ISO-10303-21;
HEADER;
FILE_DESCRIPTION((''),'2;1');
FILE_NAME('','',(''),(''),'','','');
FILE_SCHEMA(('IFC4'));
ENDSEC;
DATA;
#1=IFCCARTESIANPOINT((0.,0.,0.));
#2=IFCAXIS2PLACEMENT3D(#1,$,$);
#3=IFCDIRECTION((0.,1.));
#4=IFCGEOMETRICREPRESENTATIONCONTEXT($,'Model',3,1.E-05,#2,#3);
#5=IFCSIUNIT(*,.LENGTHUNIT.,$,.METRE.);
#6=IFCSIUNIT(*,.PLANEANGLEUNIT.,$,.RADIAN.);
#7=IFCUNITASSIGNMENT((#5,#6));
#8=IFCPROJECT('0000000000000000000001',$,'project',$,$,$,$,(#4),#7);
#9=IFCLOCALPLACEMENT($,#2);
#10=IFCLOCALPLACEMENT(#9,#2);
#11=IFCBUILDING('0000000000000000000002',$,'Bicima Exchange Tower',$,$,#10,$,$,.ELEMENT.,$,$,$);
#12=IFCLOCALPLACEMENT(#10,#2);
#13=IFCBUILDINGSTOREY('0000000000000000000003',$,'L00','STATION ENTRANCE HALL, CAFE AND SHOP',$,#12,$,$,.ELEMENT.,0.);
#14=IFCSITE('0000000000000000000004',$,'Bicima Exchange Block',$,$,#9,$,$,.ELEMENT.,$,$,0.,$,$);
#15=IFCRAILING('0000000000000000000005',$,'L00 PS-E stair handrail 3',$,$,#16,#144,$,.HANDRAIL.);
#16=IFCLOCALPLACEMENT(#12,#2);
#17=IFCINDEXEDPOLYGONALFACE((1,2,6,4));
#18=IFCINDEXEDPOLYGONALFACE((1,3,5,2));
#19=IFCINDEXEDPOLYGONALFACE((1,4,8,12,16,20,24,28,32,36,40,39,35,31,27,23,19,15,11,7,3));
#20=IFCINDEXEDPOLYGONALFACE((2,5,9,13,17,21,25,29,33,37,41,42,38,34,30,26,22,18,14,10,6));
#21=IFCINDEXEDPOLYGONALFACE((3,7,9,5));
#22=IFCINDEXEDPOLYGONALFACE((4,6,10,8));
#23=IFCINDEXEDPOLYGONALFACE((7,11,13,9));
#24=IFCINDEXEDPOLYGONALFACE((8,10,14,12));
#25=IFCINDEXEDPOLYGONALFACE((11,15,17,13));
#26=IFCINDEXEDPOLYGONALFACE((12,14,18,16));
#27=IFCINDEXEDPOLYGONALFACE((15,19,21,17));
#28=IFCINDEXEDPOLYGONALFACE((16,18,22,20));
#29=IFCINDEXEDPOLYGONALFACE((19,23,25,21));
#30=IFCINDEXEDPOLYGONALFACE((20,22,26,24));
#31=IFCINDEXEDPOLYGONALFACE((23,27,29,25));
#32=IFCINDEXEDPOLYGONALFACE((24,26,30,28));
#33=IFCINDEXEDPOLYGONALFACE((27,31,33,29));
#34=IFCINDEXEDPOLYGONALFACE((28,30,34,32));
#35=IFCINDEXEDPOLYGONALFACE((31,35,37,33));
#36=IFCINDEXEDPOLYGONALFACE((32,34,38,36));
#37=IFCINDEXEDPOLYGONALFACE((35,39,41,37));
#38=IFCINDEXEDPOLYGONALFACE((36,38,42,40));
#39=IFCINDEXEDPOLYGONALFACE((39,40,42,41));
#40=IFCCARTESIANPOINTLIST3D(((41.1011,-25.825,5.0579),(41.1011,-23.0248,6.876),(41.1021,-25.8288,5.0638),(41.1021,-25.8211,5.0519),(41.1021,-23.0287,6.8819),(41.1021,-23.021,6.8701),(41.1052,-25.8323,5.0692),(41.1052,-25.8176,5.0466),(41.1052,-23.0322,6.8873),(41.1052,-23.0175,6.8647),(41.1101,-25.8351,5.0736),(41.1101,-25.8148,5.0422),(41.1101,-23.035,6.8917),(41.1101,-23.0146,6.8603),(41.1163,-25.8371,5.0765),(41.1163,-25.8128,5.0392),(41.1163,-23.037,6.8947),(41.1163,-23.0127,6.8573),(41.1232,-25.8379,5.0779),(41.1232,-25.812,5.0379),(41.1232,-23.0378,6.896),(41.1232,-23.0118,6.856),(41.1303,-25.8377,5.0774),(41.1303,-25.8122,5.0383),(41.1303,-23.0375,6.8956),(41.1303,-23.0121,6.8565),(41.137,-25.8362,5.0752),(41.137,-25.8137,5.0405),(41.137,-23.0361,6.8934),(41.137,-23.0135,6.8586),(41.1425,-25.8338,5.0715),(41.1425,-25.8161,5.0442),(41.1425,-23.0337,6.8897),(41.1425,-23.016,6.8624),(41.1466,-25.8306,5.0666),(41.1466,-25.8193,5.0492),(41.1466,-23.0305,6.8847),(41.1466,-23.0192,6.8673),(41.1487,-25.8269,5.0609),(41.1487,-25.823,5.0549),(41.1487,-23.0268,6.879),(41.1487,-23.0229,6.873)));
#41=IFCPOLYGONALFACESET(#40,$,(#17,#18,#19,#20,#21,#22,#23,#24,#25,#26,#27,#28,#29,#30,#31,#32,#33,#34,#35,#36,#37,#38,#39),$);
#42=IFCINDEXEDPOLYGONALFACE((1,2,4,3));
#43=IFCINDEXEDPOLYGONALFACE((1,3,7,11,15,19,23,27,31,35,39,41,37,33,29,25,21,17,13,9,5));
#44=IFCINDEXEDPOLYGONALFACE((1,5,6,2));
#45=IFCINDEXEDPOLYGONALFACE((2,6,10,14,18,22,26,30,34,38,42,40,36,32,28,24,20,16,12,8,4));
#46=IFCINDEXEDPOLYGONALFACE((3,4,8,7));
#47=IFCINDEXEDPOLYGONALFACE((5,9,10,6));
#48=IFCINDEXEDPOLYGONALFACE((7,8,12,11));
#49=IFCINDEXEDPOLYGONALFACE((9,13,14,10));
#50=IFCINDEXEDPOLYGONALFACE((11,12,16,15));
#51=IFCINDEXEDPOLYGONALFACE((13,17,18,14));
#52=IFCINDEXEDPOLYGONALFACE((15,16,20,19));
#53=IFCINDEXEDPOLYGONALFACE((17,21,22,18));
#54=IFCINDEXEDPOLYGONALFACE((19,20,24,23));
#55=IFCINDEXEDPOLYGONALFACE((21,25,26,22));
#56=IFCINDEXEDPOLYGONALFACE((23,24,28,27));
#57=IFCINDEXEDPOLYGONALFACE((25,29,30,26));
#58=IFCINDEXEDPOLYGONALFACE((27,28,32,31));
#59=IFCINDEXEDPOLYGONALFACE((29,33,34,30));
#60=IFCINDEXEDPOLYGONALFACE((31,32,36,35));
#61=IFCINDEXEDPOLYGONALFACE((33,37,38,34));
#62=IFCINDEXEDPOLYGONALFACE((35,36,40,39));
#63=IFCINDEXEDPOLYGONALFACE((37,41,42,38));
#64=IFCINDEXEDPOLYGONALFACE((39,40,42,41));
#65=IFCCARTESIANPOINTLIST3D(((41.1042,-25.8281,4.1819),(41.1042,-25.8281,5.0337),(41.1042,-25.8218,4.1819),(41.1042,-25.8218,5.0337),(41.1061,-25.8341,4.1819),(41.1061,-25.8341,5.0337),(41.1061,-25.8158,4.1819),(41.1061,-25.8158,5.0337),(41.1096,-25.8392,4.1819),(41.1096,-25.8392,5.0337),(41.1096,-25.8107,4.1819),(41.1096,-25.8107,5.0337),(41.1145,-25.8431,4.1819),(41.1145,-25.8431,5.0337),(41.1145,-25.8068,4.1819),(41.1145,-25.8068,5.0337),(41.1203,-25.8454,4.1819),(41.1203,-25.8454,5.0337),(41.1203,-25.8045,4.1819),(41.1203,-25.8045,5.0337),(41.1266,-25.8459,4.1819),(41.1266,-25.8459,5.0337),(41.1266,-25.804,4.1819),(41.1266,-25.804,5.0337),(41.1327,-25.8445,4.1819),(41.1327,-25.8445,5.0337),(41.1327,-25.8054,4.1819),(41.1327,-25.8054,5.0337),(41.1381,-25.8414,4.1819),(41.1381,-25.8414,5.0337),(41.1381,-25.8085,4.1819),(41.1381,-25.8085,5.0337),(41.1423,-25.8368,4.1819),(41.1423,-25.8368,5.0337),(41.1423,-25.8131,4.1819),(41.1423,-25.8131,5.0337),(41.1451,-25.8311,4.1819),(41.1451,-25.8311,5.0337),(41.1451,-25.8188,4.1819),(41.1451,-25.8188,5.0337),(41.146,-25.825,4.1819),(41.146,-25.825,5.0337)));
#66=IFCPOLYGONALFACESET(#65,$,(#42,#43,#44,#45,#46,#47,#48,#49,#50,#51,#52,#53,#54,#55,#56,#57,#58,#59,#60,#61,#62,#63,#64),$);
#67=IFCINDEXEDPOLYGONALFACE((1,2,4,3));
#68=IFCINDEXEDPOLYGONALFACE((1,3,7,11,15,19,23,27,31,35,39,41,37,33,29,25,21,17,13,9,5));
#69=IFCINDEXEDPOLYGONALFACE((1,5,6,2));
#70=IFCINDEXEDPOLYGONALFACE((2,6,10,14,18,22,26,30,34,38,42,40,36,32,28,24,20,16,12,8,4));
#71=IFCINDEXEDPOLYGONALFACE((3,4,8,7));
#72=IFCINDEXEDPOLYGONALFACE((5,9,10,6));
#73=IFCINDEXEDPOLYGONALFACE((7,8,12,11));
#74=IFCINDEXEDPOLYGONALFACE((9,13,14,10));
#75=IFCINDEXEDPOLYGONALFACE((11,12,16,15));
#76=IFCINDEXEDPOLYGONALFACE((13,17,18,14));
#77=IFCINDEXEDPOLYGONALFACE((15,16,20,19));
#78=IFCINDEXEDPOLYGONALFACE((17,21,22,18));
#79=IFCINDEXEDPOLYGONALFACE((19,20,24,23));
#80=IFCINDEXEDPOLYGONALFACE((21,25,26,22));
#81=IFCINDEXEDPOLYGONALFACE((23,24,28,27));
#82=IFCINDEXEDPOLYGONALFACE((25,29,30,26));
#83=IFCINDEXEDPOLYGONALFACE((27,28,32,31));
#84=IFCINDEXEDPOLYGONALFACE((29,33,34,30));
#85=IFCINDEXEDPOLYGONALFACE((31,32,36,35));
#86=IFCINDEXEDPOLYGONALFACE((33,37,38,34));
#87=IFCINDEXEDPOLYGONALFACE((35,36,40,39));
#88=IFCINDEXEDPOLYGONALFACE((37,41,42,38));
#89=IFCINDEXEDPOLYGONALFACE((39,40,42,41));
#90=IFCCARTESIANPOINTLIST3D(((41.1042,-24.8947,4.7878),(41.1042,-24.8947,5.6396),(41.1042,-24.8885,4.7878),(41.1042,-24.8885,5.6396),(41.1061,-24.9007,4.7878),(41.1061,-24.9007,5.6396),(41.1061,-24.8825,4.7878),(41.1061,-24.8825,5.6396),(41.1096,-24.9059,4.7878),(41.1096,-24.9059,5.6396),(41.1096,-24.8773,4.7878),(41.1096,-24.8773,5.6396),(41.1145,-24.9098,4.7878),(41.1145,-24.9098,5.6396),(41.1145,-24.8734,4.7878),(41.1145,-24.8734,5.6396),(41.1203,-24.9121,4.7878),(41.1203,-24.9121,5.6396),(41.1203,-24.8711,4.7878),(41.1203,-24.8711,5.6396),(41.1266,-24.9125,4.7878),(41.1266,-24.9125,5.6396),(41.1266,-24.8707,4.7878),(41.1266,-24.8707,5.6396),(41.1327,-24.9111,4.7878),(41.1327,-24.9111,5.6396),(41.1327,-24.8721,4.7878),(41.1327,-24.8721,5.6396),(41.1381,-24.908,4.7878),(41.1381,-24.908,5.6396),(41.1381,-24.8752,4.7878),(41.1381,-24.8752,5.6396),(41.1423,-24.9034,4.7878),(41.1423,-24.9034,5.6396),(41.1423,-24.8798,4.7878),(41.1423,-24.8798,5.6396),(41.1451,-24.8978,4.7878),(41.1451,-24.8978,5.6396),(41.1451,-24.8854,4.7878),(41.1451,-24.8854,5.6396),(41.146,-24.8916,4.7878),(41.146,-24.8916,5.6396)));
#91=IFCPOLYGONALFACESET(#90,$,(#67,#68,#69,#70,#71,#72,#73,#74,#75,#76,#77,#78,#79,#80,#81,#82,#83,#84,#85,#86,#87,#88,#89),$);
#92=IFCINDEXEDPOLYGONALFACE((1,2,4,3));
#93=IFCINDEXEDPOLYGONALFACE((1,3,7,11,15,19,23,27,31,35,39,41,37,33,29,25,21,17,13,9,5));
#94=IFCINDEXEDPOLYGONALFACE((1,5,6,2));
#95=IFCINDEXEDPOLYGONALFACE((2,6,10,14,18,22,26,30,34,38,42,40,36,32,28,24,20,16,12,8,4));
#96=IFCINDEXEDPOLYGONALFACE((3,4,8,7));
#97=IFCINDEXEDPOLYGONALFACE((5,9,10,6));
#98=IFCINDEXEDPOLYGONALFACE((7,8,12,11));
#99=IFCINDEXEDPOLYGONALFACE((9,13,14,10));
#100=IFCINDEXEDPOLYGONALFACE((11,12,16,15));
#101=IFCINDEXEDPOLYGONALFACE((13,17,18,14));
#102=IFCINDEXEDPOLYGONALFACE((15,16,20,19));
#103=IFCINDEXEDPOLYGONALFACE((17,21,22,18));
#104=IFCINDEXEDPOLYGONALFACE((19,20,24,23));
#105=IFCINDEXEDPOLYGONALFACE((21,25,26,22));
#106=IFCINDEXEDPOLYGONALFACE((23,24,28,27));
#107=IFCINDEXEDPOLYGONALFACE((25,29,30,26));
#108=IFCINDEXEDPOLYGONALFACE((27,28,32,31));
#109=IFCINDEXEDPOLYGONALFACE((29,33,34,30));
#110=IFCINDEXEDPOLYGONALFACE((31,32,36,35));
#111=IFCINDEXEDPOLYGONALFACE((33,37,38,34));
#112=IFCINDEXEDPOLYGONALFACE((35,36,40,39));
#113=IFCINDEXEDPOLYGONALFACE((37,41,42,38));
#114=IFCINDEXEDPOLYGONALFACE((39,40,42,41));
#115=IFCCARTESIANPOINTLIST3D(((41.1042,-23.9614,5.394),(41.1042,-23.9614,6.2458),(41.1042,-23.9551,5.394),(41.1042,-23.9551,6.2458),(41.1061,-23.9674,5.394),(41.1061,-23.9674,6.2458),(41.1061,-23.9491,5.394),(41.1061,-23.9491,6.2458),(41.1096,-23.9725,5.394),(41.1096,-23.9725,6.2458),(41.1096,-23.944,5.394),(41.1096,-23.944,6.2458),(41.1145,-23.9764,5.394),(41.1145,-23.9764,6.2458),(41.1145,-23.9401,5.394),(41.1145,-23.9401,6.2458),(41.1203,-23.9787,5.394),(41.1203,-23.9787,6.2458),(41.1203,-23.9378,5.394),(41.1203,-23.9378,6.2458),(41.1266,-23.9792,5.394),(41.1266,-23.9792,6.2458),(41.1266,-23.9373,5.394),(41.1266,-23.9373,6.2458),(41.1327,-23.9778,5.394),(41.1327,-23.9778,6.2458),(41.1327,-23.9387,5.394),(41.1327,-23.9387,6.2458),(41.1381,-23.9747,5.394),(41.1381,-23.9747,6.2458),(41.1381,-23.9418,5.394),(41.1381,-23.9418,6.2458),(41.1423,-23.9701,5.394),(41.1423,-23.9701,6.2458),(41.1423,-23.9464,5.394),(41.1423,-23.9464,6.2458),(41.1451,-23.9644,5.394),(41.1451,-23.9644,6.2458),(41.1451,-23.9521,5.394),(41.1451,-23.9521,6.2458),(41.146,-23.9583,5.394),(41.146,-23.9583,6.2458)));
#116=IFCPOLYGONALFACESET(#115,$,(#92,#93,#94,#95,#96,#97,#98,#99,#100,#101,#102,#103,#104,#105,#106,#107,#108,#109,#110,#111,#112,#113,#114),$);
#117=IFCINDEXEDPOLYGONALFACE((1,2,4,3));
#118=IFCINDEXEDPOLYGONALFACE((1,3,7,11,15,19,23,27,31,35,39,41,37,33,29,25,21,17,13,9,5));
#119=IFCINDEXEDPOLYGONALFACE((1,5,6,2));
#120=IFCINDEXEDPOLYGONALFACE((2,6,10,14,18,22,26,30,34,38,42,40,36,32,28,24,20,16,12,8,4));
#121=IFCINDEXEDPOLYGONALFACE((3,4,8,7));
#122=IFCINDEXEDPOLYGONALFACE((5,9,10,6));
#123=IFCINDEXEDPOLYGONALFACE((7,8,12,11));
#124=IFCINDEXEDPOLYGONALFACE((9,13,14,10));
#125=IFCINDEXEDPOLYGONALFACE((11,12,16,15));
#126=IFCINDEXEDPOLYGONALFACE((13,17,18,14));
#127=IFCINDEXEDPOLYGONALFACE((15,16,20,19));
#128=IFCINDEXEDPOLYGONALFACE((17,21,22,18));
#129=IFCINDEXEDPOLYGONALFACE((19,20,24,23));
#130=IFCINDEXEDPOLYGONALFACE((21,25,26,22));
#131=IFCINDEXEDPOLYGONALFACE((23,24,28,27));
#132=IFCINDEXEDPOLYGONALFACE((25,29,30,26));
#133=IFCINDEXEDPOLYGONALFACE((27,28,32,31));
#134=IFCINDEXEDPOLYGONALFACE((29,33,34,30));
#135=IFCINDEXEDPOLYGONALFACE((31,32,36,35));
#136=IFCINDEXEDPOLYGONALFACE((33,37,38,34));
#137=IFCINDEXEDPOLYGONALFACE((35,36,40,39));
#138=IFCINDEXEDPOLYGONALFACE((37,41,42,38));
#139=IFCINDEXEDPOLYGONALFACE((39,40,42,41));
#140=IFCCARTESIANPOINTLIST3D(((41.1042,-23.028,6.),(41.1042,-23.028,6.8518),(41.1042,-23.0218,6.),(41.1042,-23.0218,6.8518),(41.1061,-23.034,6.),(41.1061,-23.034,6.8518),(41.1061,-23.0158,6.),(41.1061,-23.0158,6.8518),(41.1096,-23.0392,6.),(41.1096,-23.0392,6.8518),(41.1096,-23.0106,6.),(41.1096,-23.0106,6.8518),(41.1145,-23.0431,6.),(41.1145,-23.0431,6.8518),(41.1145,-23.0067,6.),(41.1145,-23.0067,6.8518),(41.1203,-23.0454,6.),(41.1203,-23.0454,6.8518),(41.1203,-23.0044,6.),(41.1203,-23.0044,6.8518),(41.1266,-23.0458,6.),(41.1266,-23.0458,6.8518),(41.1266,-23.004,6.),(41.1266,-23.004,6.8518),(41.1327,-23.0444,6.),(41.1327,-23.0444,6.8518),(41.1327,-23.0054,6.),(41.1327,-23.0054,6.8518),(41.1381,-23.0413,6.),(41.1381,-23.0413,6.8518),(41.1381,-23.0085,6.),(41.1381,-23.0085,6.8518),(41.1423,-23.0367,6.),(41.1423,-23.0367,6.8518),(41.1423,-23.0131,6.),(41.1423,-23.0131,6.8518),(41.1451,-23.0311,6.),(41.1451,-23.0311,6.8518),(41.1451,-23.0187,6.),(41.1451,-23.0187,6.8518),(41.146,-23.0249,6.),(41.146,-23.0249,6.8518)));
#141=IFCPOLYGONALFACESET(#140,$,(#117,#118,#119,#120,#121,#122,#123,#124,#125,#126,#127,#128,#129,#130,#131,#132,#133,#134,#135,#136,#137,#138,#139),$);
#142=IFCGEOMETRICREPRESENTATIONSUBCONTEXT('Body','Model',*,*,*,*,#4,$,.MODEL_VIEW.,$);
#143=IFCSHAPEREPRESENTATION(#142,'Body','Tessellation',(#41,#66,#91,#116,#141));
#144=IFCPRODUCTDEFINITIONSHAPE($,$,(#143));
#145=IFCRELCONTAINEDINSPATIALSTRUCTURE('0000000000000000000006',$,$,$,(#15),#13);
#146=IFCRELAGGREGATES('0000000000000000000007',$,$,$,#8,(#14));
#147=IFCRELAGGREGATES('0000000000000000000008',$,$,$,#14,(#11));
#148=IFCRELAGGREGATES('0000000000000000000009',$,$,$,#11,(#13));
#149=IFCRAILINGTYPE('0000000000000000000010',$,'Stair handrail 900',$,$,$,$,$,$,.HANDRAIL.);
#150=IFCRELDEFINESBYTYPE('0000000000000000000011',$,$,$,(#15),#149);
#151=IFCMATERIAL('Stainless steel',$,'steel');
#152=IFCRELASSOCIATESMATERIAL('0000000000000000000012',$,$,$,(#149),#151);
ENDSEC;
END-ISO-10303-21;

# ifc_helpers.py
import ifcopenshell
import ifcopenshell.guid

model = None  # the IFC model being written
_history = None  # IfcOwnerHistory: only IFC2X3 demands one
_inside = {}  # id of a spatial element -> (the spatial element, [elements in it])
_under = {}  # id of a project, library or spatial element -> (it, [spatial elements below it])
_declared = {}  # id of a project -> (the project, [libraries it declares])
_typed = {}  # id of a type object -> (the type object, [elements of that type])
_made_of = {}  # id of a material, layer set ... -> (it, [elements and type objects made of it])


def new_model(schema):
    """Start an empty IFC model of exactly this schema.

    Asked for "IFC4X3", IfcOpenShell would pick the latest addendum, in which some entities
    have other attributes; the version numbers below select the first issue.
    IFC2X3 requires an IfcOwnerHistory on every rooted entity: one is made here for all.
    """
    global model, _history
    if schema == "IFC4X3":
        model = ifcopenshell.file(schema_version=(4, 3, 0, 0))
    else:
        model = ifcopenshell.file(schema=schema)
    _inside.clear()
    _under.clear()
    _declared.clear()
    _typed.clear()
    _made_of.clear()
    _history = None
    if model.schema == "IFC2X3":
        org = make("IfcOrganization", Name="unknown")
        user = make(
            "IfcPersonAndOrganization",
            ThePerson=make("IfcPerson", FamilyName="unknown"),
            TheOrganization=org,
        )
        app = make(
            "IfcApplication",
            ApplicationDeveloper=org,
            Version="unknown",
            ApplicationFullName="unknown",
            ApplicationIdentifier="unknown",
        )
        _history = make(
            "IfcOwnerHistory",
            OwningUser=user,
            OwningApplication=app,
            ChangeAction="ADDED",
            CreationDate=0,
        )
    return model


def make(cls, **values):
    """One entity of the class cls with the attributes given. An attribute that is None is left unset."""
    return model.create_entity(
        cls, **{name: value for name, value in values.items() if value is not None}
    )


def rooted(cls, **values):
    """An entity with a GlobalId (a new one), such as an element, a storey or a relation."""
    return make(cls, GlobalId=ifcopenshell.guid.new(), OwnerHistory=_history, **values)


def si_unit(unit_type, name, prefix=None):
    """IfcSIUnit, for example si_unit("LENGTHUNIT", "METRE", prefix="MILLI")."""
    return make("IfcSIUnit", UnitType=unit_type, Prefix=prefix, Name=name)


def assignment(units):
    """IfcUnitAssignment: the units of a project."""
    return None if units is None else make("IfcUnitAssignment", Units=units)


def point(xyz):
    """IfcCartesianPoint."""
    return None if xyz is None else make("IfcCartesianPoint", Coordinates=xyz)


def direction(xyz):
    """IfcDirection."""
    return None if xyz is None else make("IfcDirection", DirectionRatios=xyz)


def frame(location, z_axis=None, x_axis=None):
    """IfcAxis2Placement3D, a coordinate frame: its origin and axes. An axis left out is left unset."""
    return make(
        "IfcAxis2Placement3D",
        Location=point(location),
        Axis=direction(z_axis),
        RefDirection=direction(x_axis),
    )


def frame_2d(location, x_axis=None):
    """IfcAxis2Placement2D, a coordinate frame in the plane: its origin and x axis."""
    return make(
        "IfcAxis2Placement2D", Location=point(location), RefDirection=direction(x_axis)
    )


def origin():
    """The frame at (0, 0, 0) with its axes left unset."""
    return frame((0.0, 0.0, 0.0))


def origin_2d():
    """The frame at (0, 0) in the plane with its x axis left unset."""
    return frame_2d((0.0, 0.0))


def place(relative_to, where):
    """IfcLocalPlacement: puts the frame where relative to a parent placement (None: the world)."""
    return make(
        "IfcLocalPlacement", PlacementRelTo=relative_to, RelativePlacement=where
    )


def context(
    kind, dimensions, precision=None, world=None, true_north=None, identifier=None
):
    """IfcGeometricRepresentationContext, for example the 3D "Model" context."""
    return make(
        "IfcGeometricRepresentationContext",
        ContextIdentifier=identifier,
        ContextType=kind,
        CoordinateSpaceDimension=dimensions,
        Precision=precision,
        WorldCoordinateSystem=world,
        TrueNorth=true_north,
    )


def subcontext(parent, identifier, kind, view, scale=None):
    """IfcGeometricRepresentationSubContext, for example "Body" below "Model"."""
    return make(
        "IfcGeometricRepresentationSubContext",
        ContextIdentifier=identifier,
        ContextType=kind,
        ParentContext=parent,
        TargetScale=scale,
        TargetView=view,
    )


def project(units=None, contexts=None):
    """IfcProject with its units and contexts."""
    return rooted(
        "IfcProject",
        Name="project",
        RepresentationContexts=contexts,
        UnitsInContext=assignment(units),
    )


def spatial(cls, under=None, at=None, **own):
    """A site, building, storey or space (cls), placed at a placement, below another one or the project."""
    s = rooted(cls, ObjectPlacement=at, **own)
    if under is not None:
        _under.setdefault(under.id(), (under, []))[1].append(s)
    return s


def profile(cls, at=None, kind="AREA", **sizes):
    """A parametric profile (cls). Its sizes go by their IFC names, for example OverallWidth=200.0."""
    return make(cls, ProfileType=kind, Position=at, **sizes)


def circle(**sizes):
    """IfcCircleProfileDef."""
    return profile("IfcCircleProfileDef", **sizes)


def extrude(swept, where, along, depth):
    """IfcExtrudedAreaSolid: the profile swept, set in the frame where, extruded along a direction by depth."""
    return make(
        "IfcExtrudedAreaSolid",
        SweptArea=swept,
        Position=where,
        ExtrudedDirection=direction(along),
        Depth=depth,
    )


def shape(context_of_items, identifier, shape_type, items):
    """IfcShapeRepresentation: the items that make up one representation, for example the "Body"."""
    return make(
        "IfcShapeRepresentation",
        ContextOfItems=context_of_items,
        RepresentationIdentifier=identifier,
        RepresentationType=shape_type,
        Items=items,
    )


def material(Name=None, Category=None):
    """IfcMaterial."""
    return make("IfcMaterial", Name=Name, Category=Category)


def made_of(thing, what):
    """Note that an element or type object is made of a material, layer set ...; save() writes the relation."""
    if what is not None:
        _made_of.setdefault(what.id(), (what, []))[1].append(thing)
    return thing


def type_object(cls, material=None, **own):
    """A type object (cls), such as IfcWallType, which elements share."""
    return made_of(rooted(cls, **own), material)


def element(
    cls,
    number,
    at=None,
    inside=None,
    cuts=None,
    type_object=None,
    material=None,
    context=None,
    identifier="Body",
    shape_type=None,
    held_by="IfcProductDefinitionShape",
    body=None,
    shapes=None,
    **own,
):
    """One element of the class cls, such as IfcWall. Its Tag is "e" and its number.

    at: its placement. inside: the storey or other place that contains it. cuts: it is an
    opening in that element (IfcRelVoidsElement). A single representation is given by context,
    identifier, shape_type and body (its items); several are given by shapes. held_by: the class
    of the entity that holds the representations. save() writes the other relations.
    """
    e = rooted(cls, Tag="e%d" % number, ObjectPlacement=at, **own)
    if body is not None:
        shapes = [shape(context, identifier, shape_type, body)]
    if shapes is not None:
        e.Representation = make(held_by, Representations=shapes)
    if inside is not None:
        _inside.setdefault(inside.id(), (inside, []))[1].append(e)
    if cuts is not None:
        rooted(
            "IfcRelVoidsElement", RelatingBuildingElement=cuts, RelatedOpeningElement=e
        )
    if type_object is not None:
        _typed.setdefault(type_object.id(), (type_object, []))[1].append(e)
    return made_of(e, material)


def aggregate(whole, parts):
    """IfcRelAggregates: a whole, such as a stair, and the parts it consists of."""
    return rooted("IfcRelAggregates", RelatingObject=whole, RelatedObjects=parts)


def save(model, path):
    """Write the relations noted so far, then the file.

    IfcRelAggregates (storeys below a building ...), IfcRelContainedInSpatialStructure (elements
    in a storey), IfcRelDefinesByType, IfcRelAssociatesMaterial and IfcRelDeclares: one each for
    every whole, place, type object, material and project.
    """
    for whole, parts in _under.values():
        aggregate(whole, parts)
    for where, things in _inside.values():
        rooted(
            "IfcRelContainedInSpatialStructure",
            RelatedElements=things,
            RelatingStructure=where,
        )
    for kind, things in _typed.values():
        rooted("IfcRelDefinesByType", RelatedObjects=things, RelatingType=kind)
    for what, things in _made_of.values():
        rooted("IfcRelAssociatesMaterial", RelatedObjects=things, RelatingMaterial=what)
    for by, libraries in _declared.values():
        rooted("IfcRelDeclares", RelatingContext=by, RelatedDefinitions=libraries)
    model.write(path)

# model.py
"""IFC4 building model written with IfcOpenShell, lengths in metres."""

from ifc_helpers import new_model, si_unit, direction, frame, origin, origin_2d, place, context, subcontext, project, spatial, circle, extrude, material, type_object, element, save


model = new_model("IFC4")

# Units and contexts
model_context = context("Model", 3, precision=1e-05, world=origin(), true_north=direction((0.0, 1.0)))
body_context = subcontext(model_context, "Body", "Model", "MODEL_VIEW")
ifc_project = project(units=[si_unit("LENGTHUNIT", "METRE"), si_unit("PLANEANGLEUNIT", "RADIAN")], contexts=[model_context])

# Site, building, storey
site_placement = place(None, origin())
site = spatial("IfcSite", under=ifc_project, at=site_placement, Name="Bicima Exchange Block", CompositionType="ELEMENT", RefElevation=0.0)
building_placement = place(site_placement, origin())
building = spatial("IfcBuilding", under=site, at=building_placement, Name="Bicima Exchange Tower", CompositionType="ELEMENT")
storey_placement = place(building_placement, origin())
storey = spatial("IfcBuildingStorey", under=building, at=storey_placement, Name="L00", Description="STATION ENTRANCE HALL, CAFE AND SHOP", CompositionType="ELEMENT", Elevation=0.0)

# Railing
ifc_material_1 = material(Name="Stainless steel", Category="steel")
railing_type = type_object("IfcRailingType", Name="Stair handrail 900", PredefinedType="HANDRAIL", material=ifc_material_1)
railing_1_placement = place(storey_placement, frame((41.125, -25.825, 4.1819)))
element("IfcRailing", 1, at=railing_1_placement, inside=storey, type_object=railing_type, Name="L00 PS-E stair handrail 3", PredefinedType="HANDRAIL", context=body_context, shape_type="SweptSolid", body=[
    extrude(circle(Radius=0.0239, at=origin_2d()), frame((0.0, 0.0, 0.876), z_axis=(0.0, 0.838706, 0.544585), x_axis=(-1.0, 0.0, 0.0)), (0.0, 0.0, 1.0), 3.3386),
    extrude(circle(Radius=0.021, at=origin_2d()), origin(), (0.0, 0.0, 1.0), 0.8518),
    extrude(circle(Radius=0.021, at=origin_2d()), frame((0.0, 0.9333, 0.606)), (0.0, 0.0, 1.0), 0.8518),
    extrude(circle(Radius=0.021, at=origin_2d()), frame((0.0, 1.8667, 1.2122)), (0.0, 0.0, 1.0), 0.8518),
    extrude(circle(Radius=0.021, at=origin_2d()), frame((0.0, 2.8, 1.8181)), (0.0, 0.0, 1.0), 0.8518),
])

save(model, "model.ifc")
